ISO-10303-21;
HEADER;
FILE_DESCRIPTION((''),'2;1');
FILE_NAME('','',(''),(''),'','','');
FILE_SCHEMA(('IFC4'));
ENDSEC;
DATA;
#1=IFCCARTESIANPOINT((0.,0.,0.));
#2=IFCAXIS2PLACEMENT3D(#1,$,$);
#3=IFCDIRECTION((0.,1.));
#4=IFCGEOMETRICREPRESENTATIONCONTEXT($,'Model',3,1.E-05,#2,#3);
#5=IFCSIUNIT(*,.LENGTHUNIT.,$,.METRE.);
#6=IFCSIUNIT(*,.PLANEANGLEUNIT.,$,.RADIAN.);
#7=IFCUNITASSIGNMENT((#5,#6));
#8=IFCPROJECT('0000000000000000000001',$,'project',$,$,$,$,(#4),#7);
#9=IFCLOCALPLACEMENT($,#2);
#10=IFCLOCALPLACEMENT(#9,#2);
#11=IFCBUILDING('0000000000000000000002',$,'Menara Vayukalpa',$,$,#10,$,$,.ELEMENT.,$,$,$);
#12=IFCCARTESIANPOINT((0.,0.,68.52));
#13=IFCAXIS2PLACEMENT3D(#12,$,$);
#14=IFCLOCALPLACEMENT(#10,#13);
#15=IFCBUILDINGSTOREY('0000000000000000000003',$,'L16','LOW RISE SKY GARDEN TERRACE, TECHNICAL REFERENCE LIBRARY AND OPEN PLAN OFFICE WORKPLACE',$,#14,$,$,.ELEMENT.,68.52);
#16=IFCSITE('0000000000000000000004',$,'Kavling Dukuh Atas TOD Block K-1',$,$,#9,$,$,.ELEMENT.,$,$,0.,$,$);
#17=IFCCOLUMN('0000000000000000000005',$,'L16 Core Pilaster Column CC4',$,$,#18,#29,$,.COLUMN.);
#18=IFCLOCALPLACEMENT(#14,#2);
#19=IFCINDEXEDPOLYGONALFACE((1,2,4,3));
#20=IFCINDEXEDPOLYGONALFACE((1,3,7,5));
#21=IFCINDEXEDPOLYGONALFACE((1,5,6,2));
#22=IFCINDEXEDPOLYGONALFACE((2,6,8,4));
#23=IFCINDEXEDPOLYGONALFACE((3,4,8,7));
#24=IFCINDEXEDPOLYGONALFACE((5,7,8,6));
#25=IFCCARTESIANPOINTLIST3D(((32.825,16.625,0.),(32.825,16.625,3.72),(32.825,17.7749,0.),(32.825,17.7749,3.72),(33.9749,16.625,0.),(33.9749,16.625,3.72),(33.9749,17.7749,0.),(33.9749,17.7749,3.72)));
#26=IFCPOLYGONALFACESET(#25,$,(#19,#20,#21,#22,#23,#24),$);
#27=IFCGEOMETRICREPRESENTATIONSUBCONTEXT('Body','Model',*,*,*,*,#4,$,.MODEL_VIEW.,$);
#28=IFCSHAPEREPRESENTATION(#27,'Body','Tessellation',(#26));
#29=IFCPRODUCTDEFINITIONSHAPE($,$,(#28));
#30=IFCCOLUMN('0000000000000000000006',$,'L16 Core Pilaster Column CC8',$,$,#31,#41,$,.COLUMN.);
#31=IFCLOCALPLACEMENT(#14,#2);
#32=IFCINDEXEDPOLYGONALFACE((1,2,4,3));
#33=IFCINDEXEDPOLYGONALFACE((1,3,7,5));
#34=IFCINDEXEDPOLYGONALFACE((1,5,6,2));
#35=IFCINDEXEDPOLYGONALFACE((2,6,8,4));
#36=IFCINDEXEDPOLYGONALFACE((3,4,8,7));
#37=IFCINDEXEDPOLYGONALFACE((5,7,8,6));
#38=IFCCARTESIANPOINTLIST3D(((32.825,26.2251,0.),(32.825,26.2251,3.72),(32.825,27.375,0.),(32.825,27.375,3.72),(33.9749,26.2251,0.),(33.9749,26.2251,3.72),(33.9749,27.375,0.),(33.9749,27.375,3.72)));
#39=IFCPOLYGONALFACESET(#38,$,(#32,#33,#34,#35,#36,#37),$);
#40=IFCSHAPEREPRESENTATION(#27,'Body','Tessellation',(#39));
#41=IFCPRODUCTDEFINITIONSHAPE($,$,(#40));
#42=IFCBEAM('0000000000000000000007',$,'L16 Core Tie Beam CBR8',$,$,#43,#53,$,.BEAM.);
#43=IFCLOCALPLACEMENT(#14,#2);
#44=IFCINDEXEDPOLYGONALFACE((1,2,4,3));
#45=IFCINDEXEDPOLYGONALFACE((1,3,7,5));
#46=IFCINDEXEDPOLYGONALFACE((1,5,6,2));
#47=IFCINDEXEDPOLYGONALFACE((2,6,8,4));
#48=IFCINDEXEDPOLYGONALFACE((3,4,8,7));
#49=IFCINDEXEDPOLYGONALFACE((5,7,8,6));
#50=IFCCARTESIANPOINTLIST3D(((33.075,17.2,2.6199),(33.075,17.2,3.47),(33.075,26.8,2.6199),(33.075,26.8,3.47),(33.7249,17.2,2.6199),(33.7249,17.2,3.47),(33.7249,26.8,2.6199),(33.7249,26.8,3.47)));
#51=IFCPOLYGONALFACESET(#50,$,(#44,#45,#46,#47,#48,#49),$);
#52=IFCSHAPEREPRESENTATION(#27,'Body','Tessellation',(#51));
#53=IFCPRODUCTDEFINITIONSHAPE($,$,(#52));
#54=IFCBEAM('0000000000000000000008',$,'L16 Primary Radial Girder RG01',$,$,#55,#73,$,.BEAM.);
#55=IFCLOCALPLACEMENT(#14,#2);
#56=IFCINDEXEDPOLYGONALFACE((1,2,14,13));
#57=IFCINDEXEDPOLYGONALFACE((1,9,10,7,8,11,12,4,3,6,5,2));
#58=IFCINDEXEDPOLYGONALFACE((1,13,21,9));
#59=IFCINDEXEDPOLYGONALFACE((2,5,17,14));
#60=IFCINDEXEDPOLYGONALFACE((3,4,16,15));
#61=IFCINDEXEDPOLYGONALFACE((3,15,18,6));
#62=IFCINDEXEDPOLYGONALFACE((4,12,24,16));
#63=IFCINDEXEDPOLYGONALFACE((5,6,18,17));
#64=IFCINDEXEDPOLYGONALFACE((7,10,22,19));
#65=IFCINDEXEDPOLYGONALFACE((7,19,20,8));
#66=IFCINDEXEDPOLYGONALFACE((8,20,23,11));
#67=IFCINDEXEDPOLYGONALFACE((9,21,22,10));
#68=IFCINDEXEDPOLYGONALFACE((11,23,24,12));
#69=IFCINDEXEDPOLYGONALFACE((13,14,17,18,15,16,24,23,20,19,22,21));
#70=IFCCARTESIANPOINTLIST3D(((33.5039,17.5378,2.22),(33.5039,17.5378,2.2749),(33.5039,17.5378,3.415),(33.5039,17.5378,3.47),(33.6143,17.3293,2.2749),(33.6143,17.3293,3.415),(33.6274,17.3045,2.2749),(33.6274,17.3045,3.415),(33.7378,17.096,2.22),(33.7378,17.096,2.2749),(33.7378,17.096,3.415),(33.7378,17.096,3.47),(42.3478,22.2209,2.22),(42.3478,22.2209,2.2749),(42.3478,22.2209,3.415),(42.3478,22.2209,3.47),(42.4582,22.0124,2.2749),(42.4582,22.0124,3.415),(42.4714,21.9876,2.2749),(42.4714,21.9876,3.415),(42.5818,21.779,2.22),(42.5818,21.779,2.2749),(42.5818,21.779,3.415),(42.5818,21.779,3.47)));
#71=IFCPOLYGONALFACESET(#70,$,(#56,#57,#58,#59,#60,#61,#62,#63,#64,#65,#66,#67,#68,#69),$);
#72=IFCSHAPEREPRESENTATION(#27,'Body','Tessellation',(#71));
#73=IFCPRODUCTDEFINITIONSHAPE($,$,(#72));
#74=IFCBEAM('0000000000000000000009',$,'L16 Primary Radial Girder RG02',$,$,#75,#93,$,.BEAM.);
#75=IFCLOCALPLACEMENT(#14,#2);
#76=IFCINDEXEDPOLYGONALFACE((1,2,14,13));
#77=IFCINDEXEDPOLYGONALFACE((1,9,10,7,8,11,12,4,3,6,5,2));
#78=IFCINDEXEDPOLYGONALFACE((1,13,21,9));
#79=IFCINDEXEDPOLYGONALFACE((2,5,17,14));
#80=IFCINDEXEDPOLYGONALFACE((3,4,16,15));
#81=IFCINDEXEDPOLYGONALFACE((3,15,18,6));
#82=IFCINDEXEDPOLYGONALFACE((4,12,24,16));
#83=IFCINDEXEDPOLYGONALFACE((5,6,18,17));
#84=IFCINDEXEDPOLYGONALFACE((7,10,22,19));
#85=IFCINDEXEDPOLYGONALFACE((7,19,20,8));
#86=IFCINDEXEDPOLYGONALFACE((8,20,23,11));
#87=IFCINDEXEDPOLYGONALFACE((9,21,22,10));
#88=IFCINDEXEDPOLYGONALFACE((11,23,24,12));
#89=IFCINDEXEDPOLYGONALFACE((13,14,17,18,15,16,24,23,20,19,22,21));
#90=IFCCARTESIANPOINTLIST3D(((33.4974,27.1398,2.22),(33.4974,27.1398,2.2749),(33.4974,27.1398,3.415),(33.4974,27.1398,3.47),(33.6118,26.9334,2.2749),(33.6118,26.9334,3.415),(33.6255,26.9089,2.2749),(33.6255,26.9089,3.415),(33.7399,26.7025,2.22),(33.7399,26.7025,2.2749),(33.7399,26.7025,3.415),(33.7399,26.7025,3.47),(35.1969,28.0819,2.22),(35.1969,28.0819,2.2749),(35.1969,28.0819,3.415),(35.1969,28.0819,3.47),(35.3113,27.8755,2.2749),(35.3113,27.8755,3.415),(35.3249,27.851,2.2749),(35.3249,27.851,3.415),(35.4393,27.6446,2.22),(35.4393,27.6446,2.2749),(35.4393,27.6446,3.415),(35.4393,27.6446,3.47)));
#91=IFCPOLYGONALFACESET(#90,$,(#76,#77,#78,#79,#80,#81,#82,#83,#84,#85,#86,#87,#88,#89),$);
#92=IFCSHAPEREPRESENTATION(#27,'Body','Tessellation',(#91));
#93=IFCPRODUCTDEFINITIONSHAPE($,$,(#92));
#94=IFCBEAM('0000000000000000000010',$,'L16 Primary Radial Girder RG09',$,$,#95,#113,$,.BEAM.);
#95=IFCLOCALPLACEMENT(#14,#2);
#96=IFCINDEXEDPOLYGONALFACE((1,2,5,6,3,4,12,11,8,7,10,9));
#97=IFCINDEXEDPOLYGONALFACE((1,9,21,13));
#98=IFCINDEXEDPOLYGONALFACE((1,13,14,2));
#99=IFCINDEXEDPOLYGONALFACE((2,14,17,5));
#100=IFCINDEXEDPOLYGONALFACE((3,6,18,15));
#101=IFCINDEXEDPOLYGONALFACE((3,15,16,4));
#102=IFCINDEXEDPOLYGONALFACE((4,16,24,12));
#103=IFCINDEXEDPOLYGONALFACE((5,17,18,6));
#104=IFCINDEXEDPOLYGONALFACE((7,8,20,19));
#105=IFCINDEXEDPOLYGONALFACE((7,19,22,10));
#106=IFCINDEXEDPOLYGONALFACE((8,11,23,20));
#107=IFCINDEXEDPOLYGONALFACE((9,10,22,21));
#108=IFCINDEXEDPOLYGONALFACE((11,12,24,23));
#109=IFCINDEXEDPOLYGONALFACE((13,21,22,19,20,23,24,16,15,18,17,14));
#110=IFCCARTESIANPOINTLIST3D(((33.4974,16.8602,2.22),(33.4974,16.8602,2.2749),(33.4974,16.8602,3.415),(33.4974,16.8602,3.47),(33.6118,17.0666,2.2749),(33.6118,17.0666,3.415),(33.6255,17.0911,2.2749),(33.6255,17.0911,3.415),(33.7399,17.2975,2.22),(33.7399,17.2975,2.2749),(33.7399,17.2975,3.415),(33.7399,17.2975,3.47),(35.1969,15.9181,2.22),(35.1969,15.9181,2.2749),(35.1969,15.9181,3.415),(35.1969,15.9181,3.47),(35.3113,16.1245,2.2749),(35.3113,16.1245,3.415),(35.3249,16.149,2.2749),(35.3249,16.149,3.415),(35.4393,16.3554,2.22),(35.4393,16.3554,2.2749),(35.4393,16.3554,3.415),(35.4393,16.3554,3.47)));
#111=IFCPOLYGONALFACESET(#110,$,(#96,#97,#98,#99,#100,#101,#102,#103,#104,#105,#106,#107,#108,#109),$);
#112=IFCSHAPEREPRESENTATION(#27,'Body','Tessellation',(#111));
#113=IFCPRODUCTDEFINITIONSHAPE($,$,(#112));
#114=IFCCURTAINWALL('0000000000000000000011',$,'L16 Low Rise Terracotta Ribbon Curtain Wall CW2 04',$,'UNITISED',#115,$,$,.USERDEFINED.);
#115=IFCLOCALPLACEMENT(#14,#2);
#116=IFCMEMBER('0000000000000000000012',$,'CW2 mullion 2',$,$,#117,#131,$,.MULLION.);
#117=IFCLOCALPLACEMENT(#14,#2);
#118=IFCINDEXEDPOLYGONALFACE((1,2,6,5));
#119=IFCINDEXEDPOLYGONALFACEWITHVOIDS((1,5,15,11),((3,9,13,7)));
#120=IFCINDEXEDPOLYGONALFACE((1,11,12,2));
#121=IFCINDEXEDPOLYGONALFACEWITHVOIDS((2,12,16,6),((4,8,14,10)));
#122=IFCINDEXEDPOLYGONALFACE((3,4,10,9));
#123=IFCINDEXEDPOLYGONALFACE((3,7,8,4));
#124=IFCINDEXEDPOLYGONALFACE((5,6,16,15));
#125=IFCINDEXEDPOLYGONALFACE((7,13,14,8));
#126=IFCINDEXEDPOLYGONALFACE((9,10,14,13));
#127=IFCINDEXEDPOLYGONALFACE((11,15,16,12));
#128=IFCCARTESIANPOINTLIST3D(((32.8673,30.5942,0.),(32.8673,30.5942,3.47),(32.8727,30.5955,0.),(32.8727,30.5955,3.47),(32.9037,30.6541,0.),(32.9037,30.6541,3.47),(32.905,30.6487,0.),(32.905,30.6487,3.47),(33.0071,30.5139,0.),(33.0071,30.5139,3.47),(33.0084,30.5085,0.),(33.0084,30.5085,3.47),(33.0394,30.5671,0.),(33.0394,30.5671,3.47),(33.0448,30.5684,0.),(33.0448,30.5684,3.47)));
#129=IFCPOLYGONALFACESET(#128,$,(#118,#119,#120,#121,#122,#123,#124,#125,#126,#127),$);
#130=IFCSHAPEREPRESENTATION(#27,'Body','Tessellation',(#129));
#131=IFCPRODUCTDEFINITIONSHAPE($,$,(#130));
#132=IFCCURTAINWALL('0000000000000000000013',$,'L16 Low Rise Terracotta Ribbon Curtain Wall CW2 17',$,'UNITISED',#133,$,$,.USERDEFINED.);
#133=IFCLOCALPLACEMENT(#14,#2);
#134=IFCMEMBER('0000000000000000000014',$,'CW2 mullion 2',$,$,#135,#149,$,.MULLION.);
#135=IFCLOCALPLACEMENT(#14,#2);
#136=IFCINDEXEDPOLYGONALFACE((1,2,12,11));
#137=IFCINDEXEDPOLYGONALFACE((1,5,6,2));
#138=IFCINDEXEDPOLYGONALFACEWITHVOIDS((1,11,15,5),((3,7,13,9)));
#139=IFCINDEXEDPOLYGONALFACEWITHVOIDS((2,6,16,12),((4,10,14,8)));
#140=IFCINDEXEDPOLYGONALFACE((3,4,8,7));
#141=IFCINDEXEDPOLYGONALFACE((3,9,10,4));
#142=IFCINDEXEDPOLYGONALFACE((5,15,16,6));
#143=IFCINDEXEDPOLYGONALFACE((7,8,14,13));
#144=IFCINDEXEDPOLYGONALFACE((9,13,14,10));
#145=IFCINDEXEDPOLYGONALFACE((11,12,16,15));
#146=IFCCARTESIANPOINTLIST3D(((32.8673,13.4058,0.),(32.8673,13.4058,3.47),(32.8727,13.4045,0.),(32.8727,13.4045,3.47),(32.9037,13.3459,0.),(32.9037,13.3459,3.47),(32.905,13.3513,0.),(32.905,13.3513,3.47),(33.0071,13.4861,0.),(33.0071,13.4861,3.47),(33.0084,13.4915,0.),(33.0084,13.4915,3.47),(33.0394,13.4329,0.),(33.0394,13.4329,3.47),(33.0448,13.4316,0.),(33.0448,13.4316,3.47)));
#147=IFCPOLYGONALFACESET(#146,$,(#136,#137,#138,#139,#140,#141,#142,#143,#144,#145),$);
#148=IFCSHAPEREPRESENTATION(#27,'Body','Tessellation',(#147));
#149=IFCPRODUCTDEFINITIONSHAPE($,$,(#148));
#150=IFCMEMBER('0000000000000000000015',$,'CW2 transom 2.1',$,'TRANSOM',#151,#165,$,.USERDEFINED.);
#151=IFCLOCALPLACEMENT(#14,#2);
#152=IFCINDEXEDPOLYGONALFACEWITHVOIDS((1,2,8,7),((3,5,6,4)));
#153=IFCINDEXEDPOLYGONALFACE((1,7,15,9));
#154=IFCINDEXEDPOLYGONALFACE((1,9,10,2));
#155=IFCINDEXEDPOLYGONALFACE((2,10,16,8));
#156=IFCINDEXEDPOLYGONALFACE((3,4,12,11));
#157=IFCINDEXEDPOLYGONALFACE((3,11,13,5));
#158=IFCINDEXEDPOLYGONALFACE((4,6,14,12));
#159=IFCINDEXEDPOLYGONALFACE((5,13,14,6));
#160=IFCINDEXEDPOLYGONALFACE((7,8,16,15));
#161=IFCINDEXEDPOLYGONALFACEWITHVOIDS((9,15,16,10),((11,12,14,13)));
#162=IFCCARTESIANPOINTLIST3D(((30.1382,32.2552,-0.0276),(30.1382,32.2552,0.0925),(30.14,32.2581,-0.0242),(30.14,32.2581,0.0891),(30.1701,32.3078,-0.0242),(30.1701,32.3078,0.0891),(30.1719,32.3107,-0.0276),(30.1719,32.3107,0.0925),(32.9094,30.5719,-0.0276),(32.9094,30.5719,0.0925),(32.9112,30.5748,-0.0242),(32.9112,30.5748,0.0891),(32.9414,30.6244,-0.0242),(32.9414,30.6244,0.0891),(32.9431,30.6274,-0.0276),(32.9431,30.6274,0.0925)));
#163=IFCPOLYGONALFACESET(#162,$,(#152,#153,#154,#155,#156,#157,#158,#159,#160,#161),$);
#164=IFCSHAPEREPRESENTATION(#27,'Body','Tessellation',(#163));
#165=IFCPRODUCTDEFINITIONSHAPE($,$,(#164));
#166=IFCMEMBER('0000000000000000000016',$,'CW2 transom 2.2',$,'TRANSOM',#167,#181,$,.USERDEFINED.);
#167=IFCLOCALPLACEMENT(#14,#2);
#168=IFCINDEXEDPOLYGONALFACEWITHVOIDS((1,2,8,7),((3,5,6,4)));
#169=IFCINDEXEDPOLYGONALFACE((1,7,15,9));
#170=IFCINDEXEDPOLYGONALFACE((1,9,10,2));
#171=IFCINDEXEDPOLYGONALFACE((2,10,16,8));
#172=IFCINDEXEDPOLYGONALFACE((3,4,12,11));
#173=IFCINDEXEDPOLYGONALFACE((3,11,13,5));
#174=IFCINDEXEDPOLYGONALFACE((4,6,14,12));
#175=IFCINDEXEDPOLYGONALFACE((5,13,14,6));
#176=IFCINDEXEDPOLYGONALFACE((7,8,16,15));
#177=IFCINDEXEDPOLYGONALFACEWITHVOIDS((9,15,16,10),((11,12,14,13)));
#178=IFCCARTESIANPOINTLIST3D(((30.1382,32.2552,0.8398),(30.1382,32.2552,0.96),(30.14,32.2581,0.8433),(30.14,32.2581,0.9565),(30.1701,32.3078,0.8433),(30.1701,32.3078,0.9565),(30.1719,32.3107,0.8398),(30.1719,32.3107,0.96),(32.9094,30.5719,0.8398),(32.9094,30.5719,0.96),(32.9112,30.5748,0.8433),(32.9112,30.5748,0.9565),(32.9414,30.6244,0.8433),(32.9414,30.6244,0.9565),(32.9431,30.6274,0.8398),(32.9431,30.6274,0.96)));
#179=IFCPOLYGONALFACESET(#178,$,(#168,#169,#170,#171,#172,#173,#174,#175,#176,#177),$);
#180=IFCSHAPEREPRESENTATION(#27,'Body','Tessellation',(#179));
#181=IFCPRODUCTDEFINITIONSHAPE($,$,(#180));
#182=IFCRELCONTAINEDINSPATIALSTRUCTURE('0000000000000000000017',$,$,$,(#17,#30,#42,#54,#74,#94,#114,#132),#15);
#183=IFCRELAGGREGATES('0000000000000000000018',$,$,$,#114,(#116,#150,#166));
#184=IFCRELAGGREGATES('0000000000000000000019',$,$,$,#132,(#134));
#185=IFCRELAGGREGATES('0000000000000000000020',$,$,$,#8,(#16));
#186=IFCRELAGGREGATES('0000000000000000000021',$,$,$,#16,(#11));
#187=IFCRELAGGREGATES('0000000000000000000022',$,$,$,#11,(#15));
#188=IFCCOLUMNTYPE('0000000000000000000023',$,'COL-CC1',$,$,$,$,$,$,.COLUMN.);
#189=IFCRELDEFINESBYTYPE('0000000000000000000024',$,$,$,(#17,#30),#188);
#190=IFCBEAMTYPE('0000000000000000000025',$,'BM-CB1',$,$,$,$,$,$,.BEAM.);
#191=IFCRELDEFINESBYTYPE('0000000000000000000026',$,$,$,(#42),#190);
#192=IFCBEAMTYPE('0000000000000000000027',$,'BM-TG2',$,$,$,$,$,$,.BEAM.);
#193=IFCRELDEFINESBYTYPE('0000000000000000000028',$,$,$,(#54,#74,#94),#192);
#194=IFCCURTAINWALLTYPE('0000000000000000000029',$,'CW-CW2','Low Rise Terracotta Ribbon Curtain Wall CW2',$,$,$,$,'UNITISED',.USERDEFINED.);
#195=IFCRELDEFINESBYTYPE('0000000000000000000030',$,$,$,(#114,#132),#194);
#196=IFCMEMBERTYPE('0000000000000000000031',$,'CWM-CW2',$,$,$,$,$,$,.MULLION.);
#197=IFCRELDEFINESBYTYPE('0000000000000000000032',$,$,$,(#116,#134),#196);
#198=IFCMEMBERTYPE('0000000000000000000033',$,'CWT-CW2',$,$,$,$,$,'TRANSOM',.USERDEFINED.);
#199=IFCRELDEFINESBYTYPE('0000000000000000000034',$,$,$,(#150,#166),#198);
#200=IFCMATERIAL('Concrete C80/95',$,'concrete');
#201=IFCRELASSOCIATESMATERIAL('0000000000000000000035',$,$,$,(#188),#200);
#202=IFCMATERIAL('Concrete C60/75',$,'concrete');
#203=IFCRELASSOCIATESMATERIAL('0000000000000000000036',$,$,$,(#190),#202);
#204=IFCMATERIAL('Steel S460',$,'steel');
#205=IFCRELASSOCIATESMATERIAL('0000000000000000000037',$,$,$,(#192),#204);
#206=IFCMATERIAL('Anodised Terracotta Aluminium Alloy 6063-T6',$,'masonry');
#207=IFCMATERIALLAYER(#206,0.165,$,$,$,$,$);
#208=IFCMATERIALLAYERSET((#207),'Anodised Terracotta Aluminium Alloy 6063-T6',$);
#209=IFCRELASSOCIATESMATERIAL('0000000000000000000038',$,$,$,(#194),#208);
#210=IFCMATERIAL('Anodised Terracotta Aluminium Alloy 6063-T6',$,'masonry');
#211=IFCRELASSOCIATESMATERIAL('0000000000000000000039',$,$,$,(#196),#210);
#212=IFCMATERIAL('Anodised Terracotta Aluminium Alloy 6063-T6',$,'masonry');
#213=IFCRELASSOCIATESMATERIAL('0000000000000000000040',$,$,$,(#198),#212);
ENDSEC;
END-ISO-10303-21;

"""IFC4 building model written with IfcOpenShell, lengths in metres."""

from ifc_helpers import new_model, si_unit, direction, frame, origin, origin_2d, place, context, subcontext, project, spatial, rectangle, hollow_rectangle, i_section, extrude, material, layer, layer_set, material_profile, profile_set, type_object, element, aggregate, save


model = new_model("IFC4")

# Units and contexts
model_context = context("Model", 3, precision=1e-05, world=origin(), true_north=direction((0.0, 1.0)))
body_context = subcontext(model_context, "Body", "Model", "MODEL_VIEW")
ifc_project = project(units=[si_unit("LENGTHUNIT", "METRE"), si_unit("PLANEANGLEUNIT", "RADIAN")], contexts=[model_context])

# Site, building, storey
site_placement = place(None, origin())
site = spatial("IfcSite", under=ifc_project, at=site_placement, Name="Kavling Dukuh Atas TOD Block K-1", CompositionType="ELEMENT", RefElevation=0.0)
building_placement = place(site_placement, origin())
building = spatial("IfcBuilding", under=site, at=building_placement, Name="Menara Vayukalpa", CompositionType="ELEMENT")
storey_placement = place(building_placement, frame((0.0, 0.0, 68.52)))
storey = spatial("IfcBuildingStorey", under=building, at=storey_placement, Name="L16", Description="LOW RISE SKY GARDEN TERRACE, TECHNICAL REFERENCE LIBRARY AND OPEN PLAN OFFICE WORKPLACE", CompositionType="ELEMENT", Elevation=68.52)

# Columns
ifc_material_1 = material(Name="Concrete C80/95", Category="concrete")
ifc_material_profile_1 = material_profile(ifc_material_1, rectangle(XDim=1.1499, YDim=1.1499, at=origin_2d()), Name="RC 1150x1150")
ifc_profile_set_1 = profile_set([ifc_material_profile_1], Name="Concrete C80/95")
column_type = type_object("IfcColumnType", Name="COL-CC1", PredefinedType="COLUMN", material=ifc_profile_set_1)
for number, where, z_axis, x_axis, name in (
    (1, (33.3999, 17.2, 0.0), (0.0, 0.0, 1.0), (1.0, 0.0, 0.0), "L16 Core Pilaster Column CC4"),
    (2, (33.3999, 26.8, 0.0), (0.0, 0.0, 1.0), (1.0, 0.0, 0.0), "L16 Core Pilaster Column CC8"),
):
    element("IfcColumn", number, at=place(storey_placement, frame(where, z_axis=z_axis, x_axis=x_axis)), inside=storey, type_object=column_type, Name=name, PredefinedType="COLUMN", context=body_context, shape_type="SweptSolid", body=[
        extrude(rectangle(XDim=1.1499, YDim=1.1499, at=origin_2d()), origin(), (0.0, 0.0, 1.0), 3.72),
    ])

# Beams
ifc_material_2 = material(Name="Concrete C60/75", Category="concrete")
ifc_material_profile_2 = material_profile(ifc_material_2, rectangle(XDim=0.6499, YDim=0.8501, at=origin_2d()), Name="RC 650x850")
ifc_profile_set_2 = profile_set([ifc_material_profile_2], Name="Concrete C60/75")
beam_type_1 = type_object("IfcBeamType", Name="BM-CB1", PredefinedType="BEAM", material=ifc_profile_set_2)
beam_1_placement = place(storey_placement, frame((33.3999, 17.2, 3.0449), z_axis=(0.0, 1.0, 0.0), x_axis=(-1.0, 0.0, 0.0)))
element("IfcBeam", 3, at=beam_1_placement, inside=storey, type_object=beam_type_1, Name="L16 Core Tie Beam CBR8", PredefinedType="BEAM", context=body_context, shape_type="SweptSolid", body=[
    extrude(rectangle(XDim=0.6499, YDim=0.8501, at=origin_2d()), origin(), (0.0, 0.0, 1.0), 9.6001),
])
ifc_material_3 = material(Name="Steel S460", Category="steel")
ifc_material_profile_3 = material_profile(ifc_material_3, i_section(OverallWidth=0.5, OverallDepth=1.25, WebThickness=0.0281, FlangeThickness=0.0549, at=origin_2d()), Name="WG 1250x500x28x55")
ifc_profile_set_3 = profile_set([ifc_material_profile_3], Name="Steel S460")
beam_type_2 = type_object("IfcBeamType", Name="BM-TG2", PredefinedType="BEAM", material=ifc_profile_set_3)
beam_2_placement = place(storey_placement, frame((33.6208, 17.3169, 2.845), z_axis=(0.883747, 0.467965, 0.0), x_axis=(-0.467965, 0.883747, 0.0)))
element("IfcBeam", 4, at=beam_2_placement, inside=storey, type_object=beam_type_2, Name="L16 Primary Radial Girder RG01", PredefinedType="BEAM", context=body_context, shape_type="SweptSolid", body=[
    extrude(i_section(OverallWidth=0.5, OverallDepth=1.25, WebThickness=0.0281, FlangeThickness=0.0549, at=origin_2d()), origin(), (0.0, 0.0, 1.0), 10.0073),
])
for number, where, z_axis, x_axis, name in (
    (5, (33.6187, 26.9211, 2.845), (0.874595, 0.484853, 0.0), (-0.484853, 0.874595, 0.0), "L16 Primary Radial Girder RG02"),
    (6, (33.6187, 17.0789, 2.845), (0.874595, -0.484853, 0.0), (0.484853, 0.874595, 0.0), "L16 Primary Radial Girder RG09"),
):
    element("IfcBeam", number, at=place(storey_placement, frame(where, z_axis=z_axis, x_axis=x_axis)), inside=storey, type_object=beam_type_2, Name=name, PredefinedType="BEAM", context=body_context, shape_type="SweptSolid", body=[
        extrude(i_section(OverallWidth=0.5, OverallDepth=1.25, WebThickness=0.0281, FlangeThickness=0.0549, at=origin_2d()), origin(), (0.0, 0.0, 1.0), 1.9431),
    ])

# Curtain walls, members
ifc_material_4 = material(Name="Anodised Terracotta Aluminium Alloy 6063-T6", Category="masonry")
ifc_layer_1 = layer(ifc_material_4, 0.165)
ifc_layer_set_1 = layer_set([ifc_layer_1], Name="Anodised Terracotta Aluminium Alloy 6063-T6")
curtain_wall_type = type_object("IfcCurtainWallType", Name="CW-CW2", Description="Low Rise Terracotta Ribbon Curtain Wall CW2", ElementType="UNITISED", PredefinedType="USERDEFINED", material=ifc_layer_set_1)
curtain_wall_1_placement = place(storey_placement, origin())
curtain_wall_1 = element("IfcCurtainWall", 7, at=curtain_wall_1_placement, inside=storey, type_object=curtain_wall_type, Name="L16 Low Rise Terracotta Ribbon Curtain Wall CW2 04", ObjectType="UNITISED", PredefinedType="USERDEFINED")
ifc_material_5 = material(Name="Anodised Terracotta Aluminium Alloy 6063-T6", Category="masonry")
ifc_material_profile_4 = material_profile(ifc_material_5, hollow_rectangle(XDim=0.0701, YDim=0.165, WallThickness=0.0039, at=origin_2d()), Name="ALU 70x165x4")
ifc_profile_set_4 = profile_set([ifc_material_profile_4], Name="Anodised Terracotta Aluminium Alloy 6063-T6")
member_type_1 = type_object("IfcMemberType", Name="CWM-CW2", PredefinedType="MULLION", material=ifc_profile_set_4)
member_1_placement = place(storey_placement, frame((32.9561, 30.5813, 0.0), z_axis=(0.0, 0.0, 1.0), x_axis=(-0.519182, -0.854664, 0.0)))
member_1 = element("IfcMember", 8, at=member_1_placement, type_object=member_type_1, Name="CW2 mullion 2", PredefinedType="MULLION", context=body_context, shape_type="SweptSolid", body=[
    extrude(hollow_rectangle(XDim=0.0701, YDim=0.165, WallThickness=0.0039, at=origin_2d()), origin(), (0.0, 0.0, 1.0), 3.47),
])
curtain_wall_2_placement = place(storey_placement, origin())
curtain_wall_2 = element("IfcCurtainWall", 9, at=curtain_wall_2_placement, inside=storey, type_object=curtain_wall_type, Name="L16 Low Rise Terracotta Ribbon Curtain Wall CW2 17", ObjectType="UNITISED", PredefinedType="USERDEFINED")
member_2_placement = place(storey_placement, frame((32.9561, 13.4187, 0.0), z_axis=(0.0, 0.0, 1.0), x_axis=(-0.519182, 0.854664, 0.0)))
member_2 = element("IfcMember", 10, at=member_2_placement, type_object=member_type_1, Name="CW2 mullion 2", PredefinedType="MULLION", context=body_context, shape_type="SweptSolid", body=[
    extrude(hollow_rectangle(XDim=0.0701, YDim=0.165, WallThickness=0.0039, at=origin_2d()), origin(), (0.0, 0.0, 1.0), 3.47),
])

# Members
ifc_material_6 = material(Name="Anodised Terracotta Aluminium Alloy 6063-T6", Category="masonry")
ifc_material_profile_5 = material_profile(ifc_material_6, hollow_rectangle(XDim=0.0649, YDim=0.1201, WallThickness=0.0034, at=origin_2d()), Name="ALU 65x120x3.5")
ifc_profile_set_5 = profile_set([ifc_material_profile_5], Name="Anodised Terracotta Aluminium Alloy 6063-T6")
member_type_2 = type_object("IfcMemberType", Name="CWT-CW2", ElementType="TRANSOM", PredefinedType="USERDEFINED", material=ifc_profile_set_5)
member_3_placement = place(storey_placement, frame((32.9263, 30.5996, 0.0325), z_axis=(-0.854677, 0.519161, 0.0), x_axis=(-0.519161, -0.854677, 0.0)))
member_3 = element("IfcMember", 11, at=member_3_placement, type_object=member_type_2, Name="CW2 transom 2.1", ObjectType="TRANSOM", PredefinedType="USERDEFINED", context=body_context, shape_type="SweptSolid", body=[
    extrude(hollow_rectangle(XDim=0.0649, YDim=0.1201, WallThickness=0.0034, at=origin_2d()), origin(), (0.0, 0.0, 1.0), 3.2424),
])
member_4_placement = place(storey_placement, frame((32.9263, 30.5996, 0.8999), z_axis=(-0.854677, 0.519161, 0.0), x_axis=(-0.519161, -0.854677, 0.0)))
member_4 = element("IfcMember", 12, at=member_4_placement, type_object=member_type_2, Name="CW2 transom 2.2", ObjectType="TRANSOM", PredefinedType="USERDEFINED", context=body_context, shape_type="SweptSolid", body=[
    extrude(hollow_rectangle(XDim=0.0649, YDim=0.1201, WallThickness=0.0034, at=origin_2d()), origin(), (0.0, 0.0, 1.0), 3.2424),
])

aggregate(curtain_wall_1, [member_1, member_3, member_4])
aggregate(curtain_wall_2, [member_2])

save(model, "model.ifc")
